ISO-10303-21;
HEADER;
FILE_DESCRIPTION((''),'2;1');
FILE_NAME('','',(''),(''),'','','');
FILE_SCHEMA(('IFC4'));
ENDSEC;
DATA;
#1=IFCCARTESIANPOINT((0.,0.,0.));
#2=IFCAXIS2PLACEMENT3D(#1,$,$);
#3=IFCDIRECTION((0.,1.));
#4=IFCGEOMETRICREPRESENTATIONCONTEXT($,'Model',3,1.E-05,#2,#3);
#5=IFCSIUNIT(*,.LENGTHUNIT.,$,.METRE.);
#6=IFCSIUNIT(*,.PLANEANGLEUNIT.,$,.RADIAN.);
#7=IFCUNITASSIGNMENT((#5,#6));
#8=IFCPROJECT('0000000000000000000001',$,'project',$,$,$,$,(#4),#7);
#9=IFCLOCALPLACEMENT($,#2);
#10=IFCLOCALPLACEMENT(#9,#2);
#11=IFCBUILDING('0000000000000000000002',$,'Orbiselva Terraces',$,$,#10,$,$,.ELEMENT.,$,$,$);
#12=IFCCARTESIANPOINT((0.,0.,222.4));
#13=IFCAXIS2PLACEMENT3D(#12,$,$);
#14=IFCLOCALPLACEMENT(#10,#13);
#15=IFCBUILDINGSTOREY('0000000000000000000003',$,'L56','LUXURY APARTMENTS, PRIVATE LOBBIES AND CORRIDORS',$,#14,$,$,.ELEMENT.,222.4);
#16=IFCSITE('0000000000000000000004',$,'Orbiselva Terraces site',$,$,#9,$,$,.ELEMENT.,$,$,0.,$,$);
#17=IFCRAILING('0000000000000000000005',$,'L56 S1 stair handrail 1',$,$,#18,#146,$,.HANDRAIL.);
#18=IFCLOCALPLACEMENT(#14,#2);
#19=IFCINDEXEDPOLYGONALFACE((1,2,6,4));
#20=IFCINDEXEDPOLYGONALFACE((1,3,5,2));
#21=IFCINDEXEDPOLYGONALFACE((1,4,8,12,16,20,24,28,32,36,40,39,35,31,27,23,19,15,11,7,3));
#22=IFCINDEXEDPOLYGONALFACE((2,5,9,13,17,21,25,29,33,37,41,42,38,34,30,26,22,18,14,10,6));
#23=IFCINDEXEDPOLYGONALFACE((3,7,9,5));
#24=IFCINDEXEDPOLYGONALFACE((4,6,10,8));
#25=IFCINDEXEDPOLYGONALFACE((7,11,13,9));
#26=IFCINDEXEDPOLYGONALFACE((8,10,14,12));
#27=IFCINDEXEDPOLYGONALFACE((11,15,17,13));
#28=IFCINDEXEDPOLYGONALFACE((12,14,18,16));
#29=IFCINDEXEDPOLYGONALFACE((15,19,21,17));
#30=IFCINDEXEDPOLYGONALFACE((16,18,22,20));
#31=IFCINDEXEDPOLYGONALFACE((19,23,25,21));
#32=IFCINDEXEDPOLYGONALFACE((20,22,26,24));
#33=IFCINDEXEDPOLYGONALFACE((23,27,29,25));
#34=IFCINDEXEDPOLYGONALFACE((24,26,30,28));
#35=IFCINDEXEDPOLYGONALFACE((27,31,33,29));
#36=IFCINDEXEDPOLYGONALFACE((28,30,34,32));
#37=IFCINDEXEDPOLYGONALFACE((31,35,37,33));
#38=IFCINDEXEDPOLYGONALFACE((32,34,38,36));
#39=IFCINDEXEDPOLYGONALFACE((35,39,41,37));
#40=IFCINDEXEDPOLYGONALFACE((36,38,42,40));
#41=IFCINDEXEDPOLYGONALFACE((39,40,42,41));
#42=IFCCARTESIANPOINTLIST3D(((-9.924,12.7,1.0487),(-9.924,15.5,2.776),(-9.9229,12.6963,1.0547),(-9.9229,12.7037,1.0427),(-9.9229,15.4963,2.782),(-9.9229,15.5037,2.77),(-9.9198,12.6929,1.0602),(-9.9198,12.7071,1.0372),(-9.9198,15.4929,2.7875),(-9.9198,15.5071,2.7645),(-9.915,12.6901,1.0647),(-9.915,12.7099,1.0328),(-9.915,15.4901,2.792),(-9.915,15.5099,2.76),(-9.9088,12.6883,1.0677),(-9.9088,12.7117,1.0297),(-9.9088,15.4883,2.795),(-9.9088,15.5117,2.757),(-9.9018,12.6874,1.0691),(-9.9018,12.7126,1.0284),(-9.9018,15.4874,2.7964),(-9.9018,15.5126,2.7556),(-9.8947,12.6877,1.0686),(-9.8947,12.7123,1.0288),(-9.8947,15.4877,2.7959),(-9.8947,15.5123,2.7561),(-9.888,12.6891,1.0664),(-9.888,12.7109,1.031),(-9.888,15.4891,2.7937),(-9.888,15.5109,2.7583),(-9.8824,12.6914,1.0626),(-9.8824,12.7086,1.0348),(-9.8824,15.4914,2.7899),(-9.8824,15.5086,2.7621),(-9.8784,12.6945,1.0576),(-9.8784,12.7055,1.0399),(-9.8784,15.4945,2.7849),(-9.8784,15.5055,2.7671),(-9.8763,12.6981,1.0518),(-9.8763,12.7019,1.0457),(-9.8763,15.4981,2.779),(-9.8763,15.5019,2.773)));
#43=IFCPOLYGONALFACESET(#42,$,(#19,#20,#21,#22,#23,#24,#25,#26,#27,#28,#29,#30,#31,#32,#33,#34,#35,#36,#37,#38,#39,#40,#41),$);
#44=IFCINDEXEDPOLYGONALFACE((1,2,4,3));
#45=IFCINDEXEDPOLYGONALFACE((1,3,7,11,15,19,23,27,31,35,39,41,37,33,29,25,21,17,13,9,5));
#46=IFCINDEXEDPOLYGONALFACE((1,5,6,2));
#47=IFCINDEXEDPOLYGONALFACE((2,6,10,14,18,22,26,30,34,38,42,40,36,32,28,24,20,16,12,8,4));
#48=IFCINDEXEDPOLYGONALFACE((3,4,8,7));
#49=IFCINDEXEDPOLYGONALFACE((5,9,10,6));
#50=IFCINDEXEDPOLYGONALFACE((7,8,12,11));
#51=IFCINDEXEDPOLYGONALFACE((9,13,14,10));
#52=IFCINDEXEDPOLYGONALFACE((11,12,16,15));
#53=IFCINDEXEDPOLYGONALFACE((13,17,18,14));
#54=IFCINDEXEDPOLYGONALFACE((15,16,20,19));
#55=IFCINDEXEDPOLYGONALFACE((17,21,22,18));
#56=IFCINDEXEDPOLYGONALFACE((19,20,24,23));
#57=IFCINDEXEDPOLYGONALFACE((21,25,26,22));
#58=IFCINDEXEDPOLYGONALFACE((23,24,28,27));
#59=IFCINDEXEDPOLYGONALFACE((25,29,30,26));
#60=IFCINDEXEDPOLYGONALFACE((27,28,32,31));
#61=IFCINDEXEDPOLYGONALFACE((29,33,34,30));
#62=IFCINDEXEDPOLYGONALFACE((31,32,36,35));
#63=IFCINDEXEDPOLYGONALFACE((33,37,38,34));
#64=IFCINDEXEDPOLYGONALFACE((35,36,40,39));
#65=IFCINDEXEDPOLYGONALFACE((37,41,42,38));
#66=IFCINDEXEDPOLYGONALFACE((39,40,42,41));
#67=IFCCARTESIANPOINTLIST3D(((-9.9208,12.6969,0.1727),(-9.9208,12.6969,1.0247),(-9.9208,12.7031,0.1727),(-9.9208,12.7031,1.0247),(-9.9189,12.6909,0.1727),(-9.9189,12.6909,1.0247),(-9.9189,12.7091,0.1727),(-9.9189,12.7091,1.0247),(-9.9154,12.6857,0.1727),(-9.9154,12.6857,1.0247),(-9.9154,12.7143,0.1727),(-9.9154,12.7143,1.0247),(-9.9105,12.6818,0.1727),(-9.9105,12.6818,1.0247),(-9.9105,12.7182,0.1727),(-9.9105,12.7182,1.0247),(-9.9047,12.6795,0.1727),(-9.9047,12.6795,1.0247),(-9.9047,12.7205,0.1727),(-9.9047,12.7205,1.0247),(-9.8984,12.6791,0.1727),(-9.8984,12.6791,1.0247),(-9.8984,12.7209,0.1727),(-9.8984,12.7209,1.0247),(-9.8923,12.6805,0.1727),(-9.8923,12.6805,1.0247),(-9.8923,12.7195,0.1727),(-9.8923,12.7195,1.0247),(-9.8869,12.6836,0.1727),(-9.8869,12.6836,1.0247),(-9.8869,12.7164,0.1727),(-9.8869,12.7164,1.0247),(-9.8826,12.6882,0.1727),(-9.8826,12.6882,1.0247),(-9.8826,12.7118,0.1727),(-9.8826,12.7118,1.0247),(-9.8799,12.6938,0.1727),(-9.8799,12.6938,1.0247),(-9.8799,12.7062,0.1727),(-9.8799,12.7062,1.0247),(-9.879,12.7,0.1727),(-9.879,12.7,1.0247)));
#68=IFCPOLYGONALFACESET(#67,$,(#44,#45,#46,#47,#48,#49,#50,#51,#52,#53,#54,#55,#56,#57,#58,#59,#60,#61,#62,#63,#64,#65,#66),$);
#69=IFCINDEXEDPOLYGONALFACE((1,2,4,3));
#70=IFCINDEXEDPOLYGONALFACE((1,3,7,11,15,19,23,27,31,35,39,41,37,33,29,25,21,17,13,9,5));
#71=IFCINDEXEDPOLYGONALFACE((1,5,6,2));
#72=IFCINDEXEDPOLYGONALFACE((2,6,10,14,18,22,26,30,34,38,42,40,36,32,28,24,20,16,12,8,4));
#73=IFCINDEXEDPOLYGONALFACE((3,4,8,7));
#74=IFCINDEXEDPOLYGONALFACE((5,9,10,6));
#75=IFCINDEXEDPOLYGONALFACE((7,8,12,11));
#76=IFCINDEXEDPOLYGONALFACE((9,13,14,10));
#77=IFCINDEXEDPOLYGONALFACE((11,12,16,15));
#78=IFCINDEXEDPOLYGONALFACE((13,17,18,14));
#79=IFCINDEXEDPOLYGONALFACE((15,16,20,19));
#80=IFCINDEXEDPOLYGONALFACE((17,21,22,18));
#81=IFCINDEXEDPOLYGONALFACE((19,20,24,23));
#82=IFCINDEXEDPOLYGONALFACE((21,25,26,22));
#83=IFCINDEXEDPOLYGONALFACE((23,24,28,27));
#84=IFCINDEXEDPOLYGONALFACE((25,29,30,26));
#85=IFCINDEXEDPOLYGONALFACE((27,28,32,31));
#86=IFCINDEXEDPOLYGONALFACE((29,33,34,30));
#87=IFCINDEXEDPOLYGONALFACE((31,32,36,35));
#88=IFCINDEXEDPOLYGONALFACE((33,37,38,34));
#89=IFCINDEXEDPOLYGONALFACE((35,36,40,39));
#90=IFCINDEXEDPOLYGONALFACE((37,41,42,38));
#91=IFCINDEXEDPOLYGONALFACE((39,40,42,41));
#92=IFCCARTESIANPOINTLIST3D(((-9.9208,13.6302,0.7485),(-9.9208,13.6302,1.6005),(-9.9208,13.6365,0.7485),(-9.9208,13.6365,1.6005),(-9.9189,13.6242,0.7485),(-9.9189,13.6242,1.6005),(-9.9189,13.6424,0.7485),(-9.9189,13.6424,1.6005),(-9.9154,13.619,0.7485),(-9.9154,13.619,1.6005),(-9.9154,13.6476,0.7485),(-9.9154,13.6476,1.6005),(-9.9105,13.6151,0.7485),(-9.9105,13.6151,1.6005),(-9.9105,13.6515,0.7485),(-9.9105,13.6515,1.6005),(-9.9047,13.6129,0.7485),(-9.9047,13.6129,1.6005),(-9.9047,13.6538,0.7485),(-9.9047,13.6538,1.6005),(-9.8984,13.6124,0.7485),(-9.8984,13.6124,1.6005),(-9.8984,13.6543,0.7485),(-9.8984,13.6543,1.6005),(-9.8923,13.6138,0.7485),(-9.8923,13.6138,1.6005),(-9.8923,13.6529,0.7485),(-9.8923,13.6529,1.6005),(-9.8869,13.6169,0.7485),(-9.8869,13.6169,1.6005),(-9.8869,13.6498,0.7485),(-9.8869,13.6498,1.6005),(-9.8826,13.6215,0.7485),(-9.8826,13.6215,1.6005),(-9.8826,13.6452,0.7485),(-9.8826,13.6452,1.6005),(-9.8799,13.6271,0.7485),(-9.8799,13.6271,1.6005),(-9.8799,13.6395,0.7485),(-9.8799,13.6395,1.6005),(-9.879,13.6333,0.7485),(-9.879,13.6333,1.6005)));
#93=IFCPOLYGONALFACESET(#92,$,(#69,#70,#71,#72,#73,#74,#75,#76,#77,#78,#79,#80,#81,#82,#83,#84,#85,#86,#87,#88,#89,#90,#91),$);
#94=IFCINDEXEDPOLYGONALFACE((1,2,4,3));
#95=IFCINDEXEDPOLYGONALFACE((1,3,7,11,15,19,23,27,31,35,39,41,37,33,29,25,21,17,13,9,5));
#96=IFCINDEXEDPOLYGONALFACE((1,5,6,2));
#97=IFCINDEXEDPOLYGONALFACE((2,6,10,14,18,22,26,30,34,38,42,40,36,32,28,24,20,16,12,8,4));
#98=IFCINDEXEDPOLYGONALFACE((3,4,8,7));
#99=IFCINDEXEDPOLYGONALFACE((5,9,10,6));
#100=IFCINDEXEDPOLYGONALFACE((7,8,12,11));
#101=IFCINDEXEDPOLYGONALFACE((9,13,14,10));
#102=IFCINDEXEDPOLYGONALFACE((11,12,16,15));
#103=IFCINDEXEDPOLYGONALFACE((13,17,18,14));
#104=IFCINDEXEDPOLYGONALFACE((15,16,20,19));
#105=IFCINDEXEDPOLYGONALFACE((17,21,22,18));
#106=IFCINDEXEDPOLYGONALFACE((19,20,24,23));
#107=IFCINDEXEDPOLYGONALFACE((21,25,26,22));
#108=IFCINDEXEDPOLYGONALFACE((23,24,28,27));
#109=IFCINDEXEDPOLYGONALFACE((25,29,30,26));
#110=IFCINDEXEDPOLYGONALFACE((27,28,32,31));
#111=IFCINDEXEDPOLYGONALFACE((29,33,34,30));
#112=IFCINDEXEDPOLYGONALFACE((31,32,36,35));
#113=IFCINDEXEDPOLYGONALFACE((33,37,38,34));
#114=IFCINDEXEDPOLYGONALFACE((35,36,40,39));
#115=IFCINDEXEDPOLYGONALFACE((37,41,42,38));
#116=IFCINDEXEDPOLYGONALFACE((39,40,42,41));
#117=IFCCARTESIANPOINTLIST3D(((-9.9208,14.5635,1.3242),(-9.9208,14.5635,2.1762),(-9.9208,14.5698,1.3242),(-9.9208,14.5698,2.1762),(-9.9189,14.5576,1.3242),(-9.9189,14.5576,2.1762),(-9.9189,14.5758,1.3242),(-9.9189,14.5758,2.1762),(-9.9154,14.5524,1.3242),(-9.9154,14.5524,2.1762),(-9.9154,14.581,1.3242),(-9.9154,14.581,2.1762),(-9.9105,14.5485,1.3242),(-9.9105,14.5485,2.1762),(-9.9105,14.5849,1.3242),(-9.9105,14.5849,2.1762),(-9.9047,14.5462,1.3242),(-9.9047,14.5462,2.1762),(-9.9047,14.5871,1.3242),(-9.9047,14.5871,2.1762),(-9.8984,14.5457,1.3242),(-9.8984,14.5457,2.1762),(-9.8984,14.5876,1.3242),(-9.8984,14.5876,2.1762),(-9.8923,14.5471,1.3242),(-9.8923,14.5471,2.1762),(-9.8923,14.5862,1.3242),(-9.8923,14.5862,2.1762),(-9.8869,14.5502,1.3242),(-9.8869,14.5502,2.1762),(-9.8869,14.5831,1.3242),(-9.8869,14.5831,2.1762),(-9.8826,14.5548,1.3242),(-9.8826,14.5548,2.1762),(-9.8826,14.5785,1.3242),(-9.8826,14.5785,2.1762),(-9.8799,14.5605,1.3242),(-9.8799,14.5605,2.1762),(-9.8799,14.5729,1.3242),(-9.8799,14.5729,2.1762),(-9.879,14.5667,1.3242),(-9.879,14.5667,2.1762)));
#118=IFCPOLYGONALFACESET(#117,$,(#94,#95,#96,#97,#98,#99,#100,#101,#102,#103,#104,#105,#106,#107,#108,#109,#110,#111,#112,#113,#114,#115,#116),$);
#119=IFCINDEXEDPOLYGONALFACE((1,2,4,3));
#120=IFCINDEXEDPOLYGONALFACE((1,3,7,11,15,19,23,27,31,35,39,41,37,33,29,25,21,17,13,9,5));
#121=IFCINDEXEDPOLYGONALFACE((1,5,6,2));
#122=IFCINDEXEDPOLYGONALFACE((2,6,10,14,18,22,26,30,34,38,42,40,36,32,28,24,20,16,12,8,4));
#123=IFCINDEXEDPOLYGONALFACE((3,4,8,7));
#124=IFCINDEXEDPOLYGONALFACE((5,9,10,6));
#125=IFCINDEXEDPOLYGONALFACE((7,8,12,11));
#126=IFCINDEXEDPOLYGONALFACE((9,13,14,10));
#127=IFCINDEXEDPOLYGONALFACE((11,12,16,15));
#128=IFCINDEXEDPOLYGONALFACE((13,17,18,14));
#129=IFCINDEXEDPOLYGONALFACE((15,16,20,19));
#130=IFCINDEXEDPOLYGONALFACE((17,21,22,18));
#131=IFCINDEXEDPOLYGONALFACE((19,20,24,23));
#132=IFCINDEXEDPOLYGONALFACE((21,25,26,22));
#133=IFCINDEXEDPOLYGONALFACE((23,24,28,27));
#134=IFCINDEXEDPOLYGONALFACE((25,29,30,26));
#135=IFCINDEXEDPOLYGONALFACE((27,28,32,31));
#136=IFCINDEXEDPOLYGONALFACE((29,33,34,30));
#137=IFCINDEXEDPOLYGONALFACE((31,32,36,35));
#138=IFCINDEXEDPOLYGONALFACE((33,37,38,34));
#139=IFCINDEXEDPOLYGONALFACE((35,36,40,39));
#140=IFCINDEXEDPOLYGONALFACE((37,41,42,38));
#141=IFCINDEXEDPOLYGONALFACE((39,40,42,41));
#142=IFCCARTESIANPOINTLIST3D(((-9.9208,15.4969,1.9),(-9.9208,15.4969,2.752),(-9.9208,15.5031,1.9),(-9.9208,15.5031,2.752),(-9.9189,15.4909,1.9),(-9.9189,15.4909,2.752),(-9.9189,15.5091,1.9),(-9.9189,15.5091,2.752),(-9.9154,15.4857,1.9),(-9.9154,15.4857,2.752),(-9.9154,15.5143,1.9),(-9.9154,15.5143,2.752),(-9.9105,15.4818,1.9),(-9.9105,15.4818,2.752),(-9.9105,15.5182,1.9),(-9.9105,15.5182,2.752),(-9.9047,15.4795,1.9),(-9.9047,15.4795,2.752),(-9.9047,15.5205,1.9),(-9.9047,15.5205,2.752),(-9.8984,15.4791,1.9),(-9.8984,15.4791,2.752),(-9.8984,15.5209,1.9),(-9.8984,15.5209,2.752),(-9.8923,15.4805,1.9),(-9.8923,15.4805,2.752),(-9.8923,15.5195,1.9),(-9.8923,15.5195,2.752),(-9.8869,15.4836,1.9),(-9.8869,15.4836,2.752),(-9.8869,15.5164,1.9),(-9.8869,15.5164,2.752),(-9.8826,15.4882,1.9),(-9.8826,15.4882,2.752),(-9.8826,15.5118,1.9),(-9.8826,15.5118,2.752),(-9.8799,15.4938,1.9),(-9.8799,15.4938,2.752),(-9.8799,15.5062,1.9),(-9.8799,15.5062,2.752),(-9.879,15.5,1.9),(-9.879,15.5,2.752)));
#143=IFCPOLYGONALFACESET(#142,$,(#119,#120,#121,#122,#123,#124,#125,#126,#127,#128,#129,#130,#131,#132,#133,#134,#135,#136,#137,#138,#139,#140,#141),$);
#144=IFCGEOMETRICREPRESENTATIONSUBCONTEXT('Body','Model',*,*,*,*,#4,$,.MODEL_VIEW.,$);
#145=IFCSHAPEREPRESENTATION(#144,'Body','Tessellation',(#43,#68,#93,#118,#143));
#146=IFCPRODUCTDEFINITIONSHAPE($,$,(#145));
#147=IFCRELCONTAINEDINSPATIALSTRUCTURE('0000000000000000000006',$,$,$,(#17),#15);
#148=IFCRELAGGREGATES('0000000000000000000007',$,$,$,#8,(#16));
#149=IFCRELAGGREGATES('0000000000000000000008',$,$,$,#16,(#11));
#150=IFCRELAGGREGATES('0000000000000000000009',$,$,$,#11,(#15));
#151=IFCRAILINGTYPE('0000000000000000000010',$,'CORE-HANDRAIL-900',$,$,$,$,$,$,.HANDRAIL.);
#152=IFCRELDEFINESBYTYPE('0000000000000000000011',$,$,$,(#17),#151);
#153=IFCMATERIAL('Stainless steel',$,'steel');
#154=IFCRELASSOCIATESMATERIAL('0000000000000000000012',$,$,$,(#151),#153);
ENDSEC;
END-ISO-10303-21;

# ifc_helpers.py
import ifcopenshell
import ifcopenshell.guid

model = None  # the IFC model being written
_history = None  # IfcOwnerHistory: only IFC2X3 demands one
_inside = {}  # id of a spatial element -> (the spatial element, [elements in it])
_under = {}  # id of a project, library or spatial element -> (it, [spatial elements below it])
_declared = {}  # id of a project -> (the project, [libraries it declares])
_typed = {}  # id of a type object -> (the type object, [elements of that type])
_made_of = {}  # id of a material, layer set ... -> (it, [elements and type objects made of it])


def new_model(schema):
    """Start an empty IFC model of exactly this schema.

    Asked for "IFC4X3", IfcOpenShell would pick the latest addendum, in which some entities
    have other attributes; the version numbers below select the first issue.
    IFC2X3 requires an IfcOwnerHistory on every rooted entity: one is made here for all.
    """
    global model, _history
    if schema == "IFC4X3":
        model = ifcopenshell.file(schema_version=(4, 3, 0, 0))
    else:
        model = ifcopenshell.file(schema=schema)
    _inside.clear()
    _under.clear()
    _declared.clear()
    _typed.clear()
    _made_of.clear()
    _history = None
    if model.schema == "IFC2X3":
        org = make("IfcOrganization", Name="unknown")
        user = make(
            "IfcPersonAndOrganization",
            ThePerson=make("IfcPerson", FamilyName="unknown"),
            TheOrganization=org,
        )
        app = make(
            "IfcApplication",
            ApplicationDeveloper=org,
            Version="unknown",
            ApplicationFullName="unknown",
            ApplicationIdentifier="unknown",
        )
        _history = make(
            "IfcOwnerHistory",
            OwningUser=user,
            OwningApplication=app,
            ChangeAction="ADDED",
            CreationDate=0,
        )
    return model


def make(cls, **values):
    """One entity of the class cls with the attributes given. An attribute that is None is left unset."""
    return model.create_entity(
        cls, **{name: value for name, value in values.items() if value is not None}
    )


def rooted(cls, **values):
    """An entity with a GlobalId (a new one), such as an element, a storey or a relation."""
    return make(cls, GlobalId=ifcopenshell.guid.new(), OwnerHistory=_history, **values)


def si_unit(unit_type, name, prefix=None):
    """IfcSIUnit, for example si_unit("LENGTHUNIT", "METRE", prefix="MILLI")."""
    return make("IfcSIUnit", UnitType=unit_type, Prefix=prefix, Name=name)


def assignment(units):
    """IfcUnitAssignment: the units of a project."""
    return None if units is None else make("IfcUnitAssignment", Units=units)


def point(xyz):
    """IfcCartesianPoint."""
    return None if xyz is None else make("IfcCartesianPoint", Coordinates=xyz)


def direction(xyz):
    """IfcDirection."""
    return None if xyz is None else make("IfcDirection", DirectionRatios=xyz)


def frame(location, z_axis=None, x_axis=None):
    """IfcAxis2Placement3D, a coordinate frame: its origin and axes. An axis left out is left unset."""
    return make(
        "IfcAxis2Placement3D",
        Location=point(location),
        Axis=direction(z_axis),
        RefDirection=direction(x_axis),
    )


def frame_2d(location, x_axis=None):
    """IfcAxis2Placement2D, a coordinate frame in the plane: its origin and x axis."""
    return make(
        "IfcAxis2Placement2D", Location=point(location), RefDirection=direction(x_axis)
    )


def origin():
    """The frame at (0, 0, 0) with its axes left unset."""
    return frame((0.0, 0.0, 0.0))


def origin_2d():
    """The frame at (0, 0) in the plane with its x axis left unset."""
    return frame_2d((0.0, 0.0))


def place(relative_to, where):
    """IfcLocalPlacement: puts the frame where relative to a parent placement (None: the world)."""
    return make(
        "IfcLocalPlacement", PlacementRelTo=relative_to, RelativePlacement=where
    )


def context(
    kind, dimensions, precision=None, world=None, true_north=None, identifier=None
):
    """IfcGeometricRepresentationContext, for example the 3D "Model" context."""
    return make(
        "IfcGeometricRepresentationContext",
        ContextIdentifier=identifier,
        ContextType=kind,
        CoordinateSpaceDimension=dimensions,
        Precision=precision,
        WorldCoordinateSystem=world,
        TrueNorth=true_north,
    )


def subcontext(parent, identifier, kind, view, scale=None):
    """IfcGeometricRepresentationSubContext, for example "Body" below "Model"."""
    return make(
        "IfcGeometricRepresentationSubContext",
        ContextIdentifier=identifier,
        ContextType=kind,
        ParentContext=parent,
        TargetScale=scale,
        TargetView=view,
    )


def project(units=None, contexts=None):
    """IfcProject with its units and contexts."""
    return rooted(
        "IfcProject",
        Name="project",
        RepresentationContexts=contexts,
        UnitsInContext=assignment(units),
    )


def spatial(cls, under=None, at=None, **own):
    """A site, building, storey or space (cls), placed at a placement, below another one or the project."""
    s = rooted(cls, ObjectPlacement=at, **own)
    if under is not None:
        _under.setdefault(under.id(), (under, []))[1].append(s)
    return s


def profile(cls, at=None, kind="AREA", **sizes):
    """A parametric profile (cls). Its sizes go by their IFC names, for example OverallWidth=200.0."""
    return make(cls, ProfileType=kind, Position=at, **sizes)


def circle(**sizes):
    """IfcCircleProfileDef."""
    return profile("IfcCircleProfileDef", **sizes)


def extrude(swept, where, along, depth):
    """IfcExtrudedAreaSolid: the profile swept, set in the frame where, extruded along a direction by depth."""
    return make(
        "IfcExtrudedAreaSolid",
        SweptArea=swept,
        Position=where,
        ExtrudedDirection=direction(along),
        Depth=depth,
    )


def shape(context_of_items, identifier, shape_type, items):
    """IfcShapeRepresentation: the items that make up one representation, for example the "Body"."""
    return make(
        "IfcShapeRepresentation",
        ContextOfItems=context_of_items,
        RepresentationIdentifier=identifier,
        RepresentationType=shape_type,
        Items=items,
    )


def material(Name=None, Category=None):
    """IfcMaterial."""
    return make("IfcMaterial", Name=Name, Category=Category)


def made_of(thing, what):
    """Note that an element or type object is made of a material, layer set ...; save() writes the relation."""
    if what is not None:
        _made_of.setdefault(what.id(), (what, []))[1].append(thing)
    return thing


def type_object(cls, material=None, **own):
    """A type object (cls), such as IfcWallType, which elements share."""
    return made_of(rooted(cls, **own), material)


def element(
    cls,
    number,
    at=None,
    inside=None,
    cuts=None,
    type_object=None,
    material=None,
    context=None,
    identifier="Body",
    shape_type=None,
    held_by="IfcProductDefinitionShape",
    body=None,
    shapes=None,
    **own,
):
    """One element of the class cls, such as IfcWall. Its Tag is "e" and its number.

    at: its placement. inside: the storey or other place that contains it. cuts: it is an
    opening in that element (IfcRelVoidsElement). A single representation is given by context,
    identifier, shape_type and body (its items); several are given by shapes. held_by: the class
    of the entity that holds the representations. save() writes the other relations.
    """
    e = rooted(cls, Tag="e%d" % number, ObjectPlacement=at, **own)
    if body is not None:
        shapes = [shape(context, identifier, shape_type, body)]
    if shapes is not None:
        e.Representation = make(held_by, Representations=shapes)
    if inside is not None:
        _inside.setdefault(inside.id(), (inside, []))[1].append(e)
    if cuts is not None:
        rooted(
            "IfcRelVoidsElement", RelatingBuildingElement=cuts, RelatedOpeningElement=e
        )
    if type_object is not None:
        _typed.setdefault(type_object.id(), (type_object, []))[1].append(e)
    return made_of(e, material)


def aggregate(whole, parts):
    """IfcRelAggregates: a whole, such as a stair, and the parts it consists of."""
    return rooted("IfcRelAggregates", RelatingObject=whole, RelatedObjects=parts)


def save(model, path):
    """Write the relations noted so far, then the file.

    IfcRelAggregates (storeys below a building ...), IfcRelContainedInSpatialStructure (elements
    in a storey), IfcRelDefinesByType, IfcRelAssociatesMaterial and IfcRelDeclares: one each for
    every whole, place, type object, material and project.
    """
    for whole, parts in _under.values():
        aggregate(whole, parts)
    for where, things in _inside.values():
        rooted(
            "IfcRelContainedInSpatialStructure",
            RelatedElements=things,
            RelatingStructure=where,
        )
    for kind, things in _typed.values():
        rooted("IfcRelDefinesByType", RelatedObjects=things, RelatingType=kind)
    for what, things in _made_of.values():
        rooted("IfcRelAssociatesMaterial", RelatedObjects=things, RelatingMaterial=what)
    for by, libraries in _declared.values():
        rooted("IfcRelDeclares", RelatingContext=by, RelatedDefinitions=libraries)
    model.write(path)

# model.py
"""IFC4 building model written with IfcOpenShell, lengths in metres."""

from ifc_helpers import new_model, si_unit, direction, frame, origin, origin_2d, place, context, subcontext, project, spatial, circle, extrude, material, type_object, element, save


model = new_model("IFC4")

# Units and contexts
model_context = context("Model", 3, precision=1e-05, world=origin(), true_north=direction((0.0, 1.0)))
body_context = subcontext(model_context, "Body", "Model", "MODEL_VIEW")
ifc_project = project(units=[si_unit("LENGTHUNIT", "METRE"), si_unit("PLANEANGLEUNIT", "RADIAN")], contexts=[model_context])

# Site, building, storey
site_placement = place(None, origin())
site = spatial("IfcSite", under=ifc_project, at=site_placement, Name="Orbiselva Terraces site", CompositionType="ELEMENT", RefElevation=0.0)
building_placement = place(site_placement, origin())
building = spatial("IfcBuilding", under=site, at=building_placement, Name="Orbiselva Terraces", CompositionType="ELEMENT")
storey_placement = place(building_placement, frame((0.0, 0.0, 222.4)))
storey = spatial("IfcBuildingStorey", under=building, at=storey_placement, Name="L56", Description="LUXURY APARTMENTS, PRIVATE LOBBIES AND CORRIDORS", CompositionType="ELEMENT", Elevation=222.4)

# Railing
ifc_material_1 = material(Name="Stainless steel", Category="steel")
railing_type_1 = type_object("IfcRailingType", Name="CORE-HANDRAIL-900", PredefinedType="HANDRAIL", material=ifc_material_1)
railing_1_placement = place(storey_placement, frame((-9.9, 12.7, 0.1727)))
element("IfcRailing", 1, at=railing_1_placement, inside=storey, type_object=railing_type_1, Name="L56 S1 stair handrail 1", PredefinedType="HANDRAIL", context=body_context, shape_type="SweptSolid", body=[
    extrude(circle(Radius=0.024, at=origin_2d()), frame((0.0, 0.0, 0.876), z_axis=(0.0, 0.851089, 0.525022), x_axis=(-1.0, 0.0, 0.0)), (0.0, 0.0, 1.0), 3.2899),
    extrude(circle(Radius=0.021, at=origin_2d()), origin(), (0.0, 0.0, 1.0), 0.852),
    extrude(circle(Radius=0.021, at=origin_2d()), frame((0.0, 0.9333, 0.5758)), (0.0, 0.0, 1.0), 0.852),
    extrude(circle(Radius=0.021, at=origin_2d()), frame((0.0, 1.8667, 1.1515)), (0.0, 0.0, 1.0), 0.852),
    extrude(circle(Radius=0.021, at=origin_2d()), frame((0.0, 2.8, 1.7273)), (0.0, 0.0, 1.0), 0.852),
])

save(model, "model.ifc")
